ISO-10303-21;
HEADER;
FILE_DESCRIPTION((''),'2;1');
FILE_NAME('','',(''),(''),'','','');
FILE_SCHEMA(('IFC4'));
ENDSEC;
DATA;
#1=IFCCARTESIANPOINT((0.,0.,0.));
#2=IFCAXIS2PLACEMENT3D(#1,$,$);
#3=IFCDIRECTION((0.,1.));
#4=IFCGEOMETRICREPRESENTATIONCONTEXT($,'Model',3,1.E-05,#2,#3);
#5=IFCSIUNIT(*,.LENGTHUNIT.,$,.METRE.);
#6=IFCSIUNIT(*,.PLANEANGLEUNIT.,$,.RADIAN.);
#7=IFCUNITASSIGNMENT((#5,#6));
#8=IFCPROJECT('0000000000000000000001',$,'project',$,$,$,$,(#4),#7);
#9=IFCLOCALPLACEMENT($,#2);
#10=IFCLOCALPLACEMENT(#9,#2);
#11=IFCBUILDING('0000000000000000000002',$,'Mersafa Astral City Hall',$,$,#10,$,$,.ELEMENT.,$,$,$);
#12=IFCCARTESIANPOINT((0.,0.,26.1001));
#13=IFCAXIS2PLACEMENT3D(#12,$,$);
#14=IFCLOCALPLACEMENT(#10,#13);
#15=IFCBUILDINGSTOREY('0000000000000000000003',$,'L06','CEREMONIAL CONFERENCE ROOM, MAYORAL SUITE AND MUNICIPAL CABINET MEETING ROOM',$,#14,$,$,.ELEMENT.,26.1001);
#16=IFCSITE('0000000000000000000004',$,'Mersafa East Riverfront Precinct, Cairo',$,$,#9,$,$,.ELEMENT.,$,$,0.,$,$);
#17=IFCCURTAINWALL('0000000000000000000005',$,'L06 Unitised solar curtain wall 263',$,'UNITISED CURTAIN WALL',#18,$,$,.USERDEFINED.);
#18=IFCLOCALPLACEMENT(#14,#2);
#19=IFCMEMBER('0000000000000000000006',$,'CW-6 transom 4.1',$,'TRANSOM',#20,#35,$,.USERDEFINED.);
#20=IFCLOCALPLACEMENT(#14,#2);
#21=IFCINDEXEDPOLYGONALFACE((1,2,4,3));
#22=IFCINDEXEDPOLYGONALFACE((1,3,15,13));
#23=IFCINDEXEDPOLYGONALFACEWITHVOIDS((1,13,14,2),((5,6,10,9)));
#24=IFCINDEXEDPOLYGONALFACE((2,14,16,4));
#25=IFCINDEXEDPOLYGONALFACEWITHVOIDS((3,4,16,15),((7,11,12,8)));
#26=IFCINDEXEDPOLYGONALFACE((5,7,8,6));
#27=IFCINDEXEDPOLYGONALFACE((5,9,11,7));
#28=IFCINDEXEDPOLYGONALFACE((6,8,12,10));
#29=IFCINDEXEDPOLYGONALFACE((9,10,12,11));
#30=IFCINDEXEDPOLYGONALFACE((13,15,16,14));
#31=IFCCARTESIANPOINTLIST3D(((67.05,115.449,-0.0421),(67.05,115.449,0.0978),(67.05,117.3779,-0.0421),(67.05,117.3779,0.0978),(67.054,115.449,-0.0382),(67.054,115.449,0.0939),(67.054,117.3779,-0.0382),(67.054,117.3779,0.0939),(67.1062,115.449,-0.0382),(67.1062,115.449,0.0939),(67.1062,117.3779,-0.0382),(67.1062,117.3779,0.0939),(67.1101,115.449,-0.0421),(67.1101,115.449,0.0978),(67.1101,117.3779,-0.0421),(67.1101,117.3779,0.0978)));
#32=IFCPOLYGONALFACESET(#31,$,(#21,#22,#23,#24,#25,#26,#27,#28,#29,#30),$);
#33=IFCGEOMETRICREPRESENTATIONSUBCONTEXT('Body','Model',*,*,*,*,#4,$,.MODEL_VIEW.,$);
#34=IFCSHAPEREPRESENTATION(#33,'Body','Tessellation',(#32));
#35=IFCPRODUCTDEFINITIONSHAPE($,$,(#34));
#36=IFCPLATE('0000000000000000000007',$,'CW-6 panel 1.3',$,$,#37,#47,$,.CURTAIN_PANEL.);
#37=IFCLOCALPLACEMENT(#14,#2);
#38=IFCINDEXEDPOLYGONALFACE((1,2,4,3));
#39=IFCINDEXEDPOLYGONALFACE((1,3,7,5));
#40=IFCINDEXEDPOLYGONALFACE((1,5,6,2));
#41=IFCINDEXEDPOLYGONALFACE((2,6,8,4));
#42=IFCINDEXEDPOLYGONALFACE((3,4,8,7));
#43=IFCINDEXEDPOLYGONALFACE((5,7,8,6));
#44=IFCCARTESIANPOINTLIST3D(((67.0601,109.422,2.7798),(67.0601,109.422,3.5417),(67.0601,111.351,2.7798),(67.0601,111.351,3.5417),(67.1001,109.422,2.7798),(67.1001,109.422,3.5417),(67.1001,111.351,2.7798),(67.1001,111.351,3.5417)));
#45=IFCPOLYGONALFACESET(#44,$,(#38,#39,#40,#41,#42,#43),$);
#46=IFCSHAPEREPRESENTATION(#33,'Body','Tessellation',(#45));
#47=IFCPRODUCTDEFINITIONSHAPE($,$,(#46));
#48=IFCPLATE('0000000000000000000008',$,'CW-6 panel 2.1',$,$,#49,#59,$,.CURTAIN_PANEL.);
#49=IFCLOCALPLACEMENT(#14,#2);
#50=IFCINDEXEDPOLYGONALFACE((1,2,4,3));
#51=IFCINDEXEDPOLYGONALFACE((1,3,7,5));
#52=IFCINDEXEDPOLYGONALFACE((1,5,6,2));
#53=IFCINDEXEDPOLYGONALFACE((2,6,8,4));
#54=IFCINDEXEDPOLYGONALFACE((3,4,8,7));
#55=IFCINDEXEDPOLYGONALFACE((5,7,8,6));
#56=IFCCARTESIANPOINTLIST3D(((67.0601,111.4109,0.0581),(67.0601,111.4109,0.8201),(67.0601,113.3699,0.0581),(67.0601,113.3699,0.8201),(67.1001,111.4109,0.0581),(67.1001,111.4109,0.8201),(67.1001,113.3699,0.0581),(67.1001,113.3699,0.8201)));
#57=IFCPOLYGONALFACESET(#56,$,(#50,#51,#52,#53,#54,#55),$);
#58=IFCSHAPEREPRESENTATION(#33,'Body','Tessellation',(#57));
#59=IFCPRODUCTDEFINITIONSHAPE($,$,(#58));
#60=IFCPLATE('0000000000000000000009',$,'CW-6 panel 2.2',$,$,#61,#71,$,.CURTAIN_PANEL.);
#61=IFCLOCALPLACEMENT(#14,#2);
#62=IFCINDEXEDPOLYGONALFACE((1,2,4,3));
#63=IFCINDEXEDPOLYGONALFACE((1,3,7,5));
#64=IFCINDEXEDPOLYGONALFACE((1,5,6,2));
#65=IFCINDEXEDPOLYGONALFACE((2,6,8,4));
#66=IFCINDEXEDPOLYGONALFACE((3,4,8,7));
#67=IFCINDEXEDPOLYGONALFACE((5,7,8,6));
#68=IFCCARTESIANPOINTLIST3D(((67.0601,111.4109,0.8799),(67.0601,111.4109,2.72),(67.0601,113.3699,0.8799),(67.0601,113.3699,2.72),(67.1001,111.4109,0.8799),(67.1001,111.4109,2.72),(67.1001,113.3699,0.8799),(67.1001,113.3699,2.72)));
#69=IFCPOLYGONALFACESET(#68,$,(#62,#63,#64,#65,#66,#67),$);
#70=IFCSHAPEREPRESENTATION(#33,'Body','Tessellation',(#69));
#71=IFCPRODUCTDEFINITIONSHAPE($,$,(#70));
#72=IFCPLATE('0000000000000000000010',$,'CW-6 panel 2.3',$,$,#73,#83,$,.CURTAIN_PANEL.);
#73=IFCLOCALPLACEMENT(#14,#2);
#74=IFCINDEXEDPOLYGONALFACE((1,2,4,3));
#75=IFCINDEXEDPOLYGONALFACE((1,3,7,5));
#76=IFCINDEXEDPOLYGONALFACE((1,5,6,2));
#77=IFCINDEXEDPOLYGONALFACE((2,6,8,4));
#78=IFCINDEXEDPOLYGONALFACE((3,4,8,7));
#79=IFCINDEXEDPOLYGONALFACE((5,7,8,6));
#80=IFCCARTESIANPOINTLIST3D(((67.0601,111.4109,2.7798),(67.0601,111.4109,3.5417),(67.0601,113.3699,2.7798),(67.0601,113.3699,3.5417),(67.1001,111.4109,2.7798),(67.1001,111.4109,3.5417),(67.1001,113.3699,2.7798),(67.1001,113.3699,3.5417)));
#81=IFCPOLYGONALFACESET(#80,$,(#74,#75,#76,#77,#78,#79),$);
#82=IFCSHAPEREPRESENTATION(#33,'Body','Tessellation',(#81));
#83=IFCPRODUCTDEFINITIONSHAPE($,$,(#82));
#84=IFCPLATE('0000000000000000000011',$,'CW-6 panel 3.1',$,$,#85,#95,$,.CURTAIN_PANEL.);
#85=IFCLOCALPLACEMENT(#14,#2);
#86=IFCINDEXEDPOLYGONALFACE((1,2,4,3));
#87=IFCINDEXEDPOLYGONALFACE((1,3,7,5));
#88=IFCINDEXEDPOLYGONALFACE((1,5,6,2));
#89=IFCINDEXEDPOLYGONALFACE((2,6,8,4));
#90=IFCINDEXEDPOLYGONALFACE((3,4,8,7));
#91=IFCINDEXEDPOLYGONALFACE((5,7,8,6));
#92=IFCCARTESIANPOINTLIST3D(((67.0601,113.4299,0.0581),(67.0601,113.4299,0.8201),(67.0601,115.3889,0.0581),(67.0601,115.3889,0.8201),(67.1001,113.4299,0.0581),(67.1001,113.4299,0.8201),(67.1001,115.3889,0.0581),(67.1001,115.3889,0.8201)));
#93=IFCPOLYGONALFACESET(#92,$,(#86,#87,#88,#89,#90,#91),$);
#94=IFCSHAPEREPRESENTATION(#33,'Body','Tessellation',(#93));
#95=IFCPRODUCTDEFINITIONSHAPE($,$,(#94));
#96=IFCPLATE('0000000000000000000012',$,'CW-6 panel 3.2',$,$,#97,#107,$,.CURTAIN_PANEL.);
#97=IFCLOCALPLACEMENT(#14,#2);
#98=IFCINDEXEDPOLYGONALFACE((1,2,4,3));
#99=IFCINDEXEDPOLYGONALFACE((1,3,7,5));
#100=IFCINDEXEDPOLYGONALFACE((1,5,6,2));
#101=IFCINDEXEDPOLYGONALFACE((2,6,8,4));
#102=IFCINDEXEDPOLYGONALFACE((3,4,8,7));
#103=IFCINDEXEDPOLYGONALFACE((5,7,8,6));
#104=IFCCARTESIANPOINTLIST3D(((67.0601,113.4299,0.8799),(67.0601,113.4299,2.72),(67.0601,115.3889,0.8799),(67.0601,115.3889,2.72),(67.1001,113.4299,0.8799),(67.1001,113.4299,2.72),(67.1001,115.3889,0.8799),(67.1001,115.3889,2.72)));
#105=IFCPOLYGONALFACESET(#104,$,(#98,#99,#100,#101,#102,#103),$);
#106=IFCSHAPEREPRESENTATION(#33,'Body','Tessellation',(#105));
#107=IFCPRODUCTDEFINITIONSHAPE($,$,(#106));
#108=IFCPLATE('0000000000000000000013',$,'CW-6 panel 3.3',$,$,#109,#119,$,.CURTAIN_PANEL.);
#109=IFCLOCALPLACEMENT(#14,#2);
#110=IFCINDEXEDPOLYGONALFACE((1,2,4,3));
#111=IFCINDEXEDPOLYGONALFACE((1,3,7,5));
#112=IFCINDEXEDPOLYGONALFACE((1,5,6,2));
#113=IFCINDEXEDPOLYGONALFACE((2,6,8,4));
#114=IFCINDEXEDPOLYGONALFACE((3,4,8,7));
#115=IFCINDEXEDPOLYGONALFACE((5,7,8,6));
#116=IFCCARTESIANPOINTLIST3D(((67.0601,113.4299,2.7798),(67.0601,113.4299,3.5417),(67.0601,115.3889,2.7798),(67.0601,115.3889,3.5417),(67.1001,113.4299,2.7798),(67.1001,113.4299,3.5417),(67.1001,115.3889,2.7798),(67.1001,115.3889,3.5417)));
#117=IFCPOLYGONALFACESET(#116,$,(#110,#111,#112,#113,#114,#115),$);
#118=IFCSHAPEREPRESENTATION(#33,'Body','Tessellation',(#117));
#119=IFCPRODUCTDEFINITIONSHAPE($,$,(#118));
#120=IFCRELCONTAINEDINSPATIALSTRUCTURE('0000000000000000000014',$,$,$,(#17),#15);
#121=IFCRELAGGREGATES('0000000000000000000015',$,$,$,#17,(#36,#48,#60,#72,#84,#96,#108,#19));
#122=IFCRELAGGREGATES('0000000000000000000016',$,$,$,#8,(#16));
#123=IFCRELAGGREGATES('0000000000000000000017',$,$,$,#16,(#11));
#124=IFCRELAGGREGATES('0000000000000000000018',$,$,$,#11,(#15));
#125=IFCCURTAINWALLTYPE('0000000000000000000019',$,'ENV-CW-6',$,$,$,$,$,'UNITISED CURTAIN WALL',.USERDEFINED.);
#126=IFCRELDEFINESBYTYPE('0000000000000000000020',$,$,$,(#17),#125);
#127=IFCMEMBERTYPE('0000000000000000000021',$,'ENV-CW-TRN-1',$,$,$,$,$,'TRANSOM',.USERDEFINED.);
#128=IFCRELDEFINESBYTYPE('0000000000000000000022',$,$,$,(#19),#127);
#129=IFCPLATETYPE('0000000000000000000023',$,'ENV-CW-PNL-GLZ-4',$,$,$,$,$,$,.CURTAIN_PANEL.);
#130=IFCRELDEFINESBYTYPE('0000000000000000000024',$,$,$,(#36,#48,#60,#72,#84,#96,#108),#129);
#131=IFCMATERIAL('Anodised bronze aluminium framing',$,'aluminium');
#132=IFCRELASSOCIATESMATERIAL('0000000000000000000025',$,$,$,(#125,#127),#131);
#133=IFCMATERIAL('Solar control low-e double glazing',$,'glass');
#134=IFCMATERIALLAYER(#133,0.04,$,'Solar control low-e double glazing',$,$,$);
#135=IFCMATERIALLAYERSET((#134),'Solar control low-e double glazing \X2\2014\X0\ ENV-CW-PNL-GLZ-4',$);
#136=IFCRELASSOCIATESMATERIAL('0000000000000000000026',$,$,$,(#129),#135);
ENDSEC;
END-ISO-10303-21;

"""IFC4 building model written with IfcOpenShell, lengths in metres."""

from ifc_helpers import new_model, si_unit, direction, frame, origin, origin_2d, place, context, subcontext, project, spatial, rectangle, hollow_rectangle, extrude, material, layer, layer_set, material_profile, profile_set, type_object, element, aggregate, save


model = new_model("IFC4")

# Units and contexts
model_context = context("Model", 3, precision=1e-05, world=origin(), true_north=direction((0.0, 1.0)))
body_context = subcontext(model_context, "Body", "Model", "MODEL_VIEW")
ifc_project = project(units=[si_unit("LENGTHUNIT", "METRE"), si_unit("PLANEANGLEUNIT", "RADIAN")], contexts=[model_context])

# Site, building, storey
site_placement = place(None, origin())
site = spatial("IfcSite", under=ifc_project, at=site_placement, Name="Mersafa East Riverfront Precinct, Cairo", CompositionType="ELEMENT", RefElevation=0.0)
building_placement = place(site_placement, origin())
building = spatial("IfcBuilding", under=site, at=building_placement, Name="Mersafa Astral City Hall", CompositionType="ELEMENT")
storey_placement = place(building_placement, frame((0.0, 0.0, 26.1001)))
storey = spatial("IfcBuildingStorey", under=building, at=storey_placement, Name="L06", Description="CEREMONIAL CONFERENCE ROOM, MAYORAL SUITE AND MUNICIPAL CABINET MEETING ROOM", CompositionType="ELEMENT", Elevation=26.1001)

# Curtain wall, member, plates
ifc_material_1 = material(Name="Anodised bronze aluminium framing", Category="aluminium")
curtain_wall_type = type_object("IfcCurtainWallType", Name="ENV-CW-6", ElementType="UNITISED CURTAIN WALL", PredefinedType="USERDEFINED", material=ifc_material_1)
curtain_wall_placement = place(storey_placement, origin())
curtain_wall = element("IfcCurtainWall", 1, at=curtain_wall_placement, inside=storey, type_object=curtain_wall_type, Name="L06 Unitised solar curtain wall 263", ObjectType="UNITISED CURTAIN WALL", PredefinedType="USERDEFINED")
ifc_material_profile_1 = material_profile(ifc_material_1, hollow_rectangle(XDim=0.0601, YDim=0.1399, WallThickness=0.0039, at=origin_2d()), Name="RHS 60x140x4")
ifc_profile_set_1 = profile_set([ifc_material_profile_1], Name="Anodised bronze aluminium framing")
member_type_1 = type_object("IfcMemberType", Name="ENV-CW-TRN-1", ElementType="TRANSOM", PredefinedType="USERDEFINED", material=ifc_profile_set_1)
member_1_placement = place(storey_placement, frame((67.0801, 115.449, 0.0278), z_axis=(0.0, 1.0, 0.0), x_axis=(-1.0, 0.0, 0.0)))
member_1 = element("IfcMember", 2, at=member_1_placement, type_object=member_type_1, Name="CW-6 transom 4.1", ObjectType="TRANSOM", PredefinedType="USERDEFINED", context=body_context, shape_type="SweptSolid", body=[
    extrude(hollow_rectangle(XDim=0.0601, YDim=0.1399, WallThickness=0.0039, at=origin_2d()), origin(), (0.0, 0.0, 1.0), 1.929),
])
ifc_material_2 = material(Name="Solar control low-e double glazing", Category="glass")
ifc_layer = layer(ifc_material_2, 0.04, Name="Solar control low-e double glazing")
ifc_layer_set = layer_set([ifc_layer], Name="Solar control low-e double glazing — ENV-CW-PNL-GLZ-4")
plate_type = type_object("IfcPlateType", Name="ENV-CW-PNL-GLZ-4", PredefinedType="CURTAIN_PANEL", material=ifc_layer_set)
plate_1_placement = place(storey_placement, frame((67.0801, 110.3865, 2.7798), z_axis=(0.0, 0.0, 1.0), x_axis=(0.0, 1.0, 0.0)))
plate_1 = element("IfcPlate", 3, at=plate_1_placement, type_object=plate_type, Name="CW-6 panel 1.3", PredefinedType="CURTAIN_PANEL", context=body_context, shape_type="SweptSolid", body=[
    extrude(rectangle(XDim=1.929, YDim=0.04, at=origin_2d()), origin(), (0.0, 0.0, 1.0), 0.762),
])
plate_2_placement = place(storey_placement, frame((67.0801, 112.3904, 0.0581), z_axis=(0.0, 0.0, 1.0), x_axis=(0.0, 1.0, 0.0)))
plate_2 = element("IfcPlate", 4, at=plate_2_placement, type_object=plate_type, Name="CW-6 panel 2.1", PredefinedType="CURTAIN_PANEL", context=body_context, shape_type="SweptSolid", body=[
    extrude(rectangle(XDim=1.959, YDim=0.04, at=origin_2d()), origin(), (0.0, 0.0, 1.0), 0.762),
])
plate_3_placement = place(storey_placement, frame((67.0801, 112.3904, 0.8799), z_axis=(0.0, 0.0, 1.0), x_axis=(0.0, 1.0, 0.0)))
plate_3 = element("IfcPlate", 5, at=plate_3_placement, type_object=plate_type, Name="CW-6 panel 2.2", PredefinedType="CURTAIN_PANEL", context=body_context, shape_type="SweptSolid", body=[
    extrude(rectangle(XDim=1.959, YDim=0.04, at=origin_2d()), origin(), (0.0, 0.0, 1.0), 1.8401),
])
plate_4_placement = place(storey_placement, frame((67.0801, 112.3904, 2.7798), z_axis=(0.0, 0.0, 1.0), x_axis=(0.0, 1.0, 0.0)))
plate_4 = element("IfcPlate", 6, at=plate_4_placement, type_object=plate_type, Name="CW-6 panel 2.3", PredefinedType="CURTAIN_PANEL", context=body_context, shape_type="SweptSolid", body=[
    extrude(rectangle(XDim=1.959, YDim=0.04, at=origin_2d()), origin(), (0.0, 0.0, 1.0), 0.762),
])
plate_5_placement = place(storey_placement, frame((67.0801, 114.4094, 0.0581), z_axis=(0.0, 0.0, 1.0), x_axis=(0.0, 1.0, 0.0)))
plate_5 = element("IfcPlate", 7, at=plate_5_placement, type_object=plate_type, Name="CW-6 panel 3.1", PredefinedType="CURTAIN_PANEL", context=body_context, shape_type="SweptSolid", body=[
    extrude(rectangle(XDim=1.959, YDim=0.04, at=origin_2d()), origin(), (0.0, 0.0, 1.0), 0.762),
])
plate_6_placement = place(storey_placement, frame((67.0801, 114.4094, 0.8799), z_axis=(0.0, 0.0, 1.0), x_axis=(0.0, 1.0, 0.0)))
plate_6 = element("IfcPlate", 8, at=plate_6_placement, type_object=plate_type, Name="CW-6 panel 3.2", PredefinedType="CURTAIN_PANEL", context=body_context, shape_type="SweptSolid", body=[
    extrude(rectangle(XDim=1.959, YDim=0.04, at=origin_2d()), origin(), (0.0, 0.0, 1.0), 1.8401),
])
plate_7_placement = place(storey_placement, frame((67.0801, 114.4094, 2.7798), z_axis=(0.0, 0.0, 1.0), x_axis=(0.0, 1.0, 0.0)))
plate_7 = element("IfcPlate", 9, at=plate_7_placement, type_object=plate_type, Name="CW-6 panel 3.3", PredefinedType="CURTAIN_PANEL", context=body_context, shape_type="SweptSolid", body=[
    extrude(rectangle(XDim=1.959, YDim=0.04, at=origin_2d()), origin(), (0.0, 0.0, 1.0), 0.762),
])
aggregate(curtain_wall, [plate_1, plate_2, plate_3, plate_4, plate_5, plate_6, plate_7, member_1])

save(model, "model.ifc")
